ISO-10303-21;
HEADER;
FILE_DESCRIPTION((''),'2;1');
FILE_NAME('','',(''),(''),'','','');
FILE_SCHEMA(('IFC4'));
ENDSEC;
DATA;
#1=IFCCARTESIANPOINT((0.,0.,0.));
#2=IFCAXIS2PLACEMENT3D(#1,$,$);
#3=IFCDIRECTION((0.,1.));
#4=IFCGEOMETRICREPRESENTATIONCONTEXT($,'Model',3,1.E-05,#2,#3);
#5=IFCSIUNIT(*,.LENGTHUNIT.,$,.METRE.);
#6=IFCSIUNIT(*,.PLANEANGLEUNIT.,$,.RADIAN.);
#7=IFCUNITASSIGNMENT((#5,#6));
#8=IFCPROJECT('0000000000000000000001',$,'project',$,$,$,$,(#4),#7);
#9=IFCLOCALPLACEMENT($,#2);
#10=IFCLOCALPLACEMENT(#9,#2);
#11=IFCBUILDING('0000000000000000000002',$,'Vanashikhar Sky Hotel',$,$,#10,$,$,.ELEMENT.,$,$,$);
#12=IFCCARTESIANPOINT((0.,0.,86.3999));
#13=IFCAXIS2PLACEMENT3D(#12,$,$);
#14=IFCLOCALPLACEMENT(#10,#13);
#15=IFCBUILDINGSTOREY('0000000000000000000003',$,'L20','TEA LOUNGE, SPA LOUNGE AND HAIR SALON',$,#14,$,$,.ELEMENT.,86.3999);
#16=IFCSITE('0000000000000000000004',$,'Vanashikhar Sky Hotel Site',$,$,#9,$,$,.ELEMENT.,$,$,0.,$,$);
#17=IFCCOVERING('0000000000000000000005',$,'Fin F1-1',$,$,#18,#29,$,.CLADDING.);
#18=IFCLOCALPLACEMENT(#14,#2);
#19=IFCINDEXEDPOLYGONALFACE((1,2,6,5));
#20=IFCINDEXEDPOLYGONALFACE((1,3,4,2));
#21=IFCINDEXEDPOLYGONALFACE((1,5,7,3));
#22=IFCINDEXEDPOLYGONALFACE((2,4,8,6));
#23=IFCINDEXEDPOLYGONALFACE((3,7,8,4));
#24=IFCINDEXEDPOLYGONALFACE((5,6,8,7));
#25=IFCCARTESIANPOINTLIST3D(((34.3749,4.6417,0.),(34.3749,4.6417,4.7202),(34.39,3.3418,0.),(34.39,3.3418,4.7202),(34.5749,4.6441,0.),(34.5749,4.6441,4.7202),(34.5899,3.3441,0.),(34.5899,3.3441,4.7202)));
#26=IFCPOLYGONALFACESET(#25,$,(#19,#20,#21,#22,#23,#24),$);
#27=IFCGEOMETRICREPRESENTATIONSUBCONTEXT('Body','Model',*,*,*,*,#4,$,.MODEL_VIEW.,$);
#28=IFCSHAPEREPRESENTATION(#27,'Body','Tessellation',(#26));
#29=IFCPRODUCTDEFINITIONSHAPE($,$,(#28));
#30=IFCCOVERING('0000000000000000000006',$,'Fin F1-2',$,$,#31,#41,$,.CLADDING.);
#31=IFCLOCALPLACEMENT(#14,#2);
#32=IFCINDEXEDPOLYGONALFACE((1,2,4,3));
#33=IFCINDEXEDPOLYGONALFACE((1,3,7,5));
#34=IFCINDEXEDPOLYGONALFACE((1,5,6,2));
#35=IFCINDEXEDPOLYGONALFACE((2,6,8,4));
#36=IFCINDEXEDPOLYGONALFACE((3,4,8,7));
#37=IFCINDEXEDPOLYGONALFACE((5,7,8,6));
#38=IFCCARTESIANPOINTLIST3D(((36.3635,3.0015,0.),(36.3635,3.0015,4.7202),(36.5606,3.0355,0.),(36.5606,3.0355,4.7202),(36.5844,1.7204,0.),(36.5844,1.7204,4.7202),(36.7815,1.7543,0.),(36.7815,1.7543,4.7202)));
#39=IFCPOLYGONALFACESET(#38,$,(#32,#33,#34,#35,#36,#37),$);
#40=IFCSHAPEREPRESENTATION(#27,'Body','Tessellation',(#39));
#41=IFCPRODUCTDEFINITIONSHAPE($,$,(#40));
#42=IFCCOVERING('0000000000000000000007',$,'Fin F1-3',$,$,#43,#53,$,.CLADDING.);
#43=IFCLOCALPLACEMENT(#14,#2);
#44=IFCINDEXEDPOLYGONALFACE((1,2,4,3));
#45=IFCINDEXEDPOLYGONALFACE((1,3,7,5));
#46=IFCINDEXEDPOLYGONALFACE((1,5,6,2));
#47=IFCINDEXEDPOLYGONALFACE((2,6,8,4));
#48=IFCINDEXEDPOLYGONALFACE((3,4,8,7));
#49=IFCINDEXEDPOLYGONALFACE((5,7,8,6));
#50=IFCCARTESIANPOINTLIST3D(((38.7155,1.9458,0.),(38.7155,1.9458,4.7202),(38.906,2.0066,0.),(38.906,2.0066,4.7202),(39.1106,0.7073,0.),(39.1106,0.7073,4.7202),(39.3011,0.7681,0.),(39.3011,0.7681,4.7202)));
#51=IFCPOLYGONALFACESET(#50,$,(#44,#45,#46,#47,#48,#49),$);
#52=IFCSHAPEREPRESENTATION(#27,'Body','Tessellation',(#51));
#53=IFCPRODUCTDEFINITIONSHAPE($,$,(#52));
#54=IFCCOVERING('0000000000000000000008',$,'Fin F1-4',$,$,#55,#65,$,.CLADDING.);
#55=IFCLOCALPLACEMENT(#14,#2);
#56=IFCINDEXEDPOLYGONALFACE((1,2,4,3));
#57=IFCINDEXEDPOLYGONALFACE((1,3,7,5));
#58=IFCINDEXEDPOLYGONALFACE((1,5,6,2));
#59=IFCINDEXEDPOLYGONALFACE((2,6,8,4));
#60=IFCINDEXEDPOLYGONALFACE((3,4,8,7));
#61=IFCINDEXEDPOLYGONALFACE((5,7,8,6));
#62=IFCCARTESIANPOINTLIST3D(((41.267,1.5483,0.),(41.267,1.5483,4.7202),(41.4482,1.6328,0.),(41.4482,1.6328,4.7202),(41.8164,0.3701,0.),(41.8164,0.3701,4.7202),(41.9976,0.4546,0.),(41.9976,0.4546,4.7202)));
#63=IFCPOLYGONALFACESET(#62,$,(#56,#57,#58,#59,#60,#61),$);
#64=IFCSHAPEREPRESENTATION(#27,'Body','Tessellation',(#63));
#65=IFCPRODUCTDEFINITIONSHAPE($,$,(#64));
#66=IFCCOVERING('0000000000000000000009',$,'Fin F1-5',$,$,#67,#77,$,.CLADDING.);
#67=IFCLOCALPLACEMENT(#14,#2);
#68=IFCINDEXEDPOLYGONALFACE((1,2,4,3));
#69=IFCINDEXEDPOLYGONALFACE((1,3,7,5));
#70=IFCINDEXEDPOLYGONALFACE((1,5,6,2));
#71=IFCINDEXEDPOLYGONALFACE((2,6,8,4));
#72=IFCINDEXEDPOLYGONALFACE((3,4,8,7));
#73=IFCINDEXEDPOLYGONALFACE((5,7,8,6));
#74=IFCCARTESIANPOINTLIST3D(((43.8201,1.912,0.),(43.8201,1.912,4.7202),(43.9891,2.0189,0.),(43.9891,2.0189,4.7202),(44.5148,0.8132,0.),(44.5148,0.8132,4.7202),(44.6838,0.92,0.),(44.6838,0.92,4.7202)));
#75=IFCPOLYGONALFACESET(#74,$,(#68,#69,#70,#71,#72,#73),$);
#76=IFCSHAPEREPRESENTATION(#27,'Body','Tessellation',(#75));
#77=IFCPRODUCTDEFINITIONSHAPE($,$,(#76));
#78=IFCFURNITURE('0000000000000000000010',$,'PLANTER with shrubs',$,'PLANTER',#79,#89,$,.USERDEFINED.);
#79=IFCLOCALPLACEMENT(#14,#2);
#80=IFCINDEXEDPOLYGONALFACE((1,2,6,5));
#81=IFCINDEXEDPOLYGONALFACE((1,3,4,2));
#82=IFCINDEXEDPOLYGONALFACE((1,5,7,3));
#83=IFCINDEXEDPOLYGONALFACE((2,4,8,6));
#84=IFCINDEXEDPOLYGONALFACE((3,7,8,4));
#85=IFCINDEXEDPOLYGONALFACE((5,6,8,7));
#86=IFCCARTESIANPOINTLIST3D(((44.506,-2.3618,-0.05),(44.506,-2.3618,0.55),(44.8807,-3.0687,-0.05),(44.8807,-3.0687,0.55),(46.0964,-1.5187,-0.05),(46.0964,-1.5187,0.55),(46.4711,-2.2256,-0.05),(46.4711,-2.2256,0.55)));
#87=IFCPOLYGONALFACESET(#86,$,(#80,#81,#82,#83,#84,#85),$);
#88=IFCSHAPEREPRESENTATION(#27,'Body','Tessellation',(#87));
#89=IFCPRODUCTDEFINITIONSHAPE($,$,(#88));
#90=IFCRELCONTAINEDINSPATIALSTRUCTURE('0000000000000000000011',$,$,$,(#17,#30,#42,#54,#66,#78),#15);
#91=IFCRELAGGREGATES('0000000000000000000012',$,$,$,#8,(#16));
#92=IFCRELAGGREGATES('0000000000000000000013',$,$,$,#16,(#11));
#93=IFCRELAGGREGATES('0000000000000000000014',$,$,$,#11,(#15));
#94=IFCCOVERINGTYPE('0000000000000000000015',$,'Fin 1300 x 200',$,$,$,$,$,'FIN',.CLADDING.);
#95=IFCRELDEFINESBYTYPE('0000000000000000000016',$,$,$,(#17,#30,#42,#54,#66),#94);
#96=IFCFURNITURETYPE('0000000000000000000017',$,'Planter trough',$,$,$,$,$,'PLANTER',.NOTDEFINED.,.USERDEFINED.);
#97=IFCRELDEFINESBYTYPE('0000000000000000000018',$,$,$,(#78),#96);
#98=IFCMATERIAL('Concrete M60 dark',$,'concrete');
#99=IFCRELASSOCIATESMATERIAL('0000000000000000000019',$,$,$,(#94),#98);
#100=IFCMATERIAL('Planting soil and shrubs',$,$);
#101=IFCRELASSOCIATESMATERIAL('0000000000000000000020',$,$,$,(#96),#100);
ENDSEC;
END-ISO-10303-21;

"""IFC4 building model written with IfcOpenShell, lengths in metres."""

from ifc_helpers import new_model, si_unit, direction, frame, origin, origin_2d, place, context, subcontext, project, spatial, rectangle, extrude, source, transform, mapped, material, material_profile, profile_set, type_object, element, save


model = new_model("IFC4")

# Units and contexts
model_context = context("Model", 3, precision=1e-05, world=origin(), true_north=direction((0.0, 1.0)))
body_context = subcontext(model_context, "Body", "Model", "MODEL_VIEW")
ifc_project = project(units=[si_unit("LENGTHUNIT", "METRE"), si_unit("PLANEANGLEUNIT", "RADIAN")], contexts=[model_context])

# Site, building, storey
site_placement = place(None, origin())
site = spatial("IfcSite", under=ifc_project, at=site_placement, Name="Vanashikhar Sky Hotel Site", CompositionType="ELEMENT", RefElevation=0.0)
building_placement = place(site_placement, origin())
building = spatial("IfcBuilding", under=site, at=building_placement, Name="Vanashikhar Sky Hotel", CompositionType="ELEMENT")
storey_placement = place(building_placement, frame((0.0, 0.0, 86.3999)))
storey = spatial("IfcBuildingStorey", under=building, at=storey_placement, Name="L20", Description="TEA LOUNGE, SPA LOUNGE AND HAIR SALON", CompositionType="ELEMENT", Elevation=86.3999)

# Coverings
ifc_material_1 = material(Name="Concrete M60 dark", Category="concrete")
ifc_material_profile_1 = material_profile(ifc_material_1, rectangle(XDim=1.3, YDim=0.2, at=origin_2d()))
ifc_profile_set_1 = profile_set([ifc_material_profile_1], Name="Fin 1300 x 200")
covering_type = type_object("IfcCoveringType", Name="Fin 1300 x 200", ElementType="FIN", PredefinedType="CLADDING", material=ifc_profile_set_1)
shared_shape_1 = source(origin(), body_context, "Body", "SweptSolid", [
    extrude(rectangle(XDim=1.3, YDim=0.2, at=origin_2d()), origin(), (0.0, 0.0, 1.0), 4.7202),
])
for number, where, z_axis, x_axis, name in (
    (1, (34.4824, 3.9929, 0.0), (0.0, 0.0, 1.0), (0.011589, -0.999933, 0.0), "Fin F1-1"),
    (2, (36.5725, 2.3779, 0.0), (0.0, 0.0, 1.0), (0.1699, -0.985461, 0.0), "Fin F1-2"),
    (3, (39.0083, 1.3569, 0.0), (0.0, 0.0, 1.0), (0.303967, -0.952683, 0.0), "Fin F1-3"),
    (4, (41.6323, 1.0015, 0.0), (0.0, 0.0, 1.0), (0.422618, -0.906308, 0.0), "Fin F1-4"),
    (5, (44.252, 1.416, 0.0), (0.0, 0.0, 1.0), (0.534411, -0.845225, 0.0), "Fin F1-5"),
):
    element("IfcCovering", number, at=place(storey_placement, frame(where, z_axis=z_axis, x_axis=x_axis)), inside=storey, type_object=covering_type, Name=name, PredefinedType="CLADDING", context=body_context, shape_type="MappedRepresentation", body=[
        mapped(shared_shape_1, transform((0.0, 0.0, 0.0), scale=1.0)),
    ])

# Furniture
ifc_material_2 = material(Name="Planting soil and shrubs")
furniture_type = type_object("IfcFurnitureType", Name="Planter trough", ElementType="PLANTER", AssemblyPlace="NOTDEFINED", PredefinedType="USERDEFINED", material=ifc_material_2)
shared_shape_2 = source(origin(), body_context, "Body", "SweptSolid", [
    extrude(rectangle(XDim=1.8, YDim=0.8, at=origin_2d()), origin(), (0.0, 0.0, 1.0), 0.6001),
])
furniture_placement = place(storey_placement, frame((45.4885, -2.2937, -0.05), z_axis=(0.0, 0.0, 1.0), x_axis=(-0.883545, -0.468346, 0.0)))
element("IfcFurniture", 6, at=furniture_placement, inside=storey, type_object=furniture_type, Name="PLANTER with shrubs", ObjectType="PLANTER", PredefinedType="USERDEFINED", context=body_context, shape_type="MappedRepresentation", body=[
    mapped(shared_shape_2, transform((0.0, 0.0, 0.0), scale=1.0)),
])

save(model, "model.ifc")
